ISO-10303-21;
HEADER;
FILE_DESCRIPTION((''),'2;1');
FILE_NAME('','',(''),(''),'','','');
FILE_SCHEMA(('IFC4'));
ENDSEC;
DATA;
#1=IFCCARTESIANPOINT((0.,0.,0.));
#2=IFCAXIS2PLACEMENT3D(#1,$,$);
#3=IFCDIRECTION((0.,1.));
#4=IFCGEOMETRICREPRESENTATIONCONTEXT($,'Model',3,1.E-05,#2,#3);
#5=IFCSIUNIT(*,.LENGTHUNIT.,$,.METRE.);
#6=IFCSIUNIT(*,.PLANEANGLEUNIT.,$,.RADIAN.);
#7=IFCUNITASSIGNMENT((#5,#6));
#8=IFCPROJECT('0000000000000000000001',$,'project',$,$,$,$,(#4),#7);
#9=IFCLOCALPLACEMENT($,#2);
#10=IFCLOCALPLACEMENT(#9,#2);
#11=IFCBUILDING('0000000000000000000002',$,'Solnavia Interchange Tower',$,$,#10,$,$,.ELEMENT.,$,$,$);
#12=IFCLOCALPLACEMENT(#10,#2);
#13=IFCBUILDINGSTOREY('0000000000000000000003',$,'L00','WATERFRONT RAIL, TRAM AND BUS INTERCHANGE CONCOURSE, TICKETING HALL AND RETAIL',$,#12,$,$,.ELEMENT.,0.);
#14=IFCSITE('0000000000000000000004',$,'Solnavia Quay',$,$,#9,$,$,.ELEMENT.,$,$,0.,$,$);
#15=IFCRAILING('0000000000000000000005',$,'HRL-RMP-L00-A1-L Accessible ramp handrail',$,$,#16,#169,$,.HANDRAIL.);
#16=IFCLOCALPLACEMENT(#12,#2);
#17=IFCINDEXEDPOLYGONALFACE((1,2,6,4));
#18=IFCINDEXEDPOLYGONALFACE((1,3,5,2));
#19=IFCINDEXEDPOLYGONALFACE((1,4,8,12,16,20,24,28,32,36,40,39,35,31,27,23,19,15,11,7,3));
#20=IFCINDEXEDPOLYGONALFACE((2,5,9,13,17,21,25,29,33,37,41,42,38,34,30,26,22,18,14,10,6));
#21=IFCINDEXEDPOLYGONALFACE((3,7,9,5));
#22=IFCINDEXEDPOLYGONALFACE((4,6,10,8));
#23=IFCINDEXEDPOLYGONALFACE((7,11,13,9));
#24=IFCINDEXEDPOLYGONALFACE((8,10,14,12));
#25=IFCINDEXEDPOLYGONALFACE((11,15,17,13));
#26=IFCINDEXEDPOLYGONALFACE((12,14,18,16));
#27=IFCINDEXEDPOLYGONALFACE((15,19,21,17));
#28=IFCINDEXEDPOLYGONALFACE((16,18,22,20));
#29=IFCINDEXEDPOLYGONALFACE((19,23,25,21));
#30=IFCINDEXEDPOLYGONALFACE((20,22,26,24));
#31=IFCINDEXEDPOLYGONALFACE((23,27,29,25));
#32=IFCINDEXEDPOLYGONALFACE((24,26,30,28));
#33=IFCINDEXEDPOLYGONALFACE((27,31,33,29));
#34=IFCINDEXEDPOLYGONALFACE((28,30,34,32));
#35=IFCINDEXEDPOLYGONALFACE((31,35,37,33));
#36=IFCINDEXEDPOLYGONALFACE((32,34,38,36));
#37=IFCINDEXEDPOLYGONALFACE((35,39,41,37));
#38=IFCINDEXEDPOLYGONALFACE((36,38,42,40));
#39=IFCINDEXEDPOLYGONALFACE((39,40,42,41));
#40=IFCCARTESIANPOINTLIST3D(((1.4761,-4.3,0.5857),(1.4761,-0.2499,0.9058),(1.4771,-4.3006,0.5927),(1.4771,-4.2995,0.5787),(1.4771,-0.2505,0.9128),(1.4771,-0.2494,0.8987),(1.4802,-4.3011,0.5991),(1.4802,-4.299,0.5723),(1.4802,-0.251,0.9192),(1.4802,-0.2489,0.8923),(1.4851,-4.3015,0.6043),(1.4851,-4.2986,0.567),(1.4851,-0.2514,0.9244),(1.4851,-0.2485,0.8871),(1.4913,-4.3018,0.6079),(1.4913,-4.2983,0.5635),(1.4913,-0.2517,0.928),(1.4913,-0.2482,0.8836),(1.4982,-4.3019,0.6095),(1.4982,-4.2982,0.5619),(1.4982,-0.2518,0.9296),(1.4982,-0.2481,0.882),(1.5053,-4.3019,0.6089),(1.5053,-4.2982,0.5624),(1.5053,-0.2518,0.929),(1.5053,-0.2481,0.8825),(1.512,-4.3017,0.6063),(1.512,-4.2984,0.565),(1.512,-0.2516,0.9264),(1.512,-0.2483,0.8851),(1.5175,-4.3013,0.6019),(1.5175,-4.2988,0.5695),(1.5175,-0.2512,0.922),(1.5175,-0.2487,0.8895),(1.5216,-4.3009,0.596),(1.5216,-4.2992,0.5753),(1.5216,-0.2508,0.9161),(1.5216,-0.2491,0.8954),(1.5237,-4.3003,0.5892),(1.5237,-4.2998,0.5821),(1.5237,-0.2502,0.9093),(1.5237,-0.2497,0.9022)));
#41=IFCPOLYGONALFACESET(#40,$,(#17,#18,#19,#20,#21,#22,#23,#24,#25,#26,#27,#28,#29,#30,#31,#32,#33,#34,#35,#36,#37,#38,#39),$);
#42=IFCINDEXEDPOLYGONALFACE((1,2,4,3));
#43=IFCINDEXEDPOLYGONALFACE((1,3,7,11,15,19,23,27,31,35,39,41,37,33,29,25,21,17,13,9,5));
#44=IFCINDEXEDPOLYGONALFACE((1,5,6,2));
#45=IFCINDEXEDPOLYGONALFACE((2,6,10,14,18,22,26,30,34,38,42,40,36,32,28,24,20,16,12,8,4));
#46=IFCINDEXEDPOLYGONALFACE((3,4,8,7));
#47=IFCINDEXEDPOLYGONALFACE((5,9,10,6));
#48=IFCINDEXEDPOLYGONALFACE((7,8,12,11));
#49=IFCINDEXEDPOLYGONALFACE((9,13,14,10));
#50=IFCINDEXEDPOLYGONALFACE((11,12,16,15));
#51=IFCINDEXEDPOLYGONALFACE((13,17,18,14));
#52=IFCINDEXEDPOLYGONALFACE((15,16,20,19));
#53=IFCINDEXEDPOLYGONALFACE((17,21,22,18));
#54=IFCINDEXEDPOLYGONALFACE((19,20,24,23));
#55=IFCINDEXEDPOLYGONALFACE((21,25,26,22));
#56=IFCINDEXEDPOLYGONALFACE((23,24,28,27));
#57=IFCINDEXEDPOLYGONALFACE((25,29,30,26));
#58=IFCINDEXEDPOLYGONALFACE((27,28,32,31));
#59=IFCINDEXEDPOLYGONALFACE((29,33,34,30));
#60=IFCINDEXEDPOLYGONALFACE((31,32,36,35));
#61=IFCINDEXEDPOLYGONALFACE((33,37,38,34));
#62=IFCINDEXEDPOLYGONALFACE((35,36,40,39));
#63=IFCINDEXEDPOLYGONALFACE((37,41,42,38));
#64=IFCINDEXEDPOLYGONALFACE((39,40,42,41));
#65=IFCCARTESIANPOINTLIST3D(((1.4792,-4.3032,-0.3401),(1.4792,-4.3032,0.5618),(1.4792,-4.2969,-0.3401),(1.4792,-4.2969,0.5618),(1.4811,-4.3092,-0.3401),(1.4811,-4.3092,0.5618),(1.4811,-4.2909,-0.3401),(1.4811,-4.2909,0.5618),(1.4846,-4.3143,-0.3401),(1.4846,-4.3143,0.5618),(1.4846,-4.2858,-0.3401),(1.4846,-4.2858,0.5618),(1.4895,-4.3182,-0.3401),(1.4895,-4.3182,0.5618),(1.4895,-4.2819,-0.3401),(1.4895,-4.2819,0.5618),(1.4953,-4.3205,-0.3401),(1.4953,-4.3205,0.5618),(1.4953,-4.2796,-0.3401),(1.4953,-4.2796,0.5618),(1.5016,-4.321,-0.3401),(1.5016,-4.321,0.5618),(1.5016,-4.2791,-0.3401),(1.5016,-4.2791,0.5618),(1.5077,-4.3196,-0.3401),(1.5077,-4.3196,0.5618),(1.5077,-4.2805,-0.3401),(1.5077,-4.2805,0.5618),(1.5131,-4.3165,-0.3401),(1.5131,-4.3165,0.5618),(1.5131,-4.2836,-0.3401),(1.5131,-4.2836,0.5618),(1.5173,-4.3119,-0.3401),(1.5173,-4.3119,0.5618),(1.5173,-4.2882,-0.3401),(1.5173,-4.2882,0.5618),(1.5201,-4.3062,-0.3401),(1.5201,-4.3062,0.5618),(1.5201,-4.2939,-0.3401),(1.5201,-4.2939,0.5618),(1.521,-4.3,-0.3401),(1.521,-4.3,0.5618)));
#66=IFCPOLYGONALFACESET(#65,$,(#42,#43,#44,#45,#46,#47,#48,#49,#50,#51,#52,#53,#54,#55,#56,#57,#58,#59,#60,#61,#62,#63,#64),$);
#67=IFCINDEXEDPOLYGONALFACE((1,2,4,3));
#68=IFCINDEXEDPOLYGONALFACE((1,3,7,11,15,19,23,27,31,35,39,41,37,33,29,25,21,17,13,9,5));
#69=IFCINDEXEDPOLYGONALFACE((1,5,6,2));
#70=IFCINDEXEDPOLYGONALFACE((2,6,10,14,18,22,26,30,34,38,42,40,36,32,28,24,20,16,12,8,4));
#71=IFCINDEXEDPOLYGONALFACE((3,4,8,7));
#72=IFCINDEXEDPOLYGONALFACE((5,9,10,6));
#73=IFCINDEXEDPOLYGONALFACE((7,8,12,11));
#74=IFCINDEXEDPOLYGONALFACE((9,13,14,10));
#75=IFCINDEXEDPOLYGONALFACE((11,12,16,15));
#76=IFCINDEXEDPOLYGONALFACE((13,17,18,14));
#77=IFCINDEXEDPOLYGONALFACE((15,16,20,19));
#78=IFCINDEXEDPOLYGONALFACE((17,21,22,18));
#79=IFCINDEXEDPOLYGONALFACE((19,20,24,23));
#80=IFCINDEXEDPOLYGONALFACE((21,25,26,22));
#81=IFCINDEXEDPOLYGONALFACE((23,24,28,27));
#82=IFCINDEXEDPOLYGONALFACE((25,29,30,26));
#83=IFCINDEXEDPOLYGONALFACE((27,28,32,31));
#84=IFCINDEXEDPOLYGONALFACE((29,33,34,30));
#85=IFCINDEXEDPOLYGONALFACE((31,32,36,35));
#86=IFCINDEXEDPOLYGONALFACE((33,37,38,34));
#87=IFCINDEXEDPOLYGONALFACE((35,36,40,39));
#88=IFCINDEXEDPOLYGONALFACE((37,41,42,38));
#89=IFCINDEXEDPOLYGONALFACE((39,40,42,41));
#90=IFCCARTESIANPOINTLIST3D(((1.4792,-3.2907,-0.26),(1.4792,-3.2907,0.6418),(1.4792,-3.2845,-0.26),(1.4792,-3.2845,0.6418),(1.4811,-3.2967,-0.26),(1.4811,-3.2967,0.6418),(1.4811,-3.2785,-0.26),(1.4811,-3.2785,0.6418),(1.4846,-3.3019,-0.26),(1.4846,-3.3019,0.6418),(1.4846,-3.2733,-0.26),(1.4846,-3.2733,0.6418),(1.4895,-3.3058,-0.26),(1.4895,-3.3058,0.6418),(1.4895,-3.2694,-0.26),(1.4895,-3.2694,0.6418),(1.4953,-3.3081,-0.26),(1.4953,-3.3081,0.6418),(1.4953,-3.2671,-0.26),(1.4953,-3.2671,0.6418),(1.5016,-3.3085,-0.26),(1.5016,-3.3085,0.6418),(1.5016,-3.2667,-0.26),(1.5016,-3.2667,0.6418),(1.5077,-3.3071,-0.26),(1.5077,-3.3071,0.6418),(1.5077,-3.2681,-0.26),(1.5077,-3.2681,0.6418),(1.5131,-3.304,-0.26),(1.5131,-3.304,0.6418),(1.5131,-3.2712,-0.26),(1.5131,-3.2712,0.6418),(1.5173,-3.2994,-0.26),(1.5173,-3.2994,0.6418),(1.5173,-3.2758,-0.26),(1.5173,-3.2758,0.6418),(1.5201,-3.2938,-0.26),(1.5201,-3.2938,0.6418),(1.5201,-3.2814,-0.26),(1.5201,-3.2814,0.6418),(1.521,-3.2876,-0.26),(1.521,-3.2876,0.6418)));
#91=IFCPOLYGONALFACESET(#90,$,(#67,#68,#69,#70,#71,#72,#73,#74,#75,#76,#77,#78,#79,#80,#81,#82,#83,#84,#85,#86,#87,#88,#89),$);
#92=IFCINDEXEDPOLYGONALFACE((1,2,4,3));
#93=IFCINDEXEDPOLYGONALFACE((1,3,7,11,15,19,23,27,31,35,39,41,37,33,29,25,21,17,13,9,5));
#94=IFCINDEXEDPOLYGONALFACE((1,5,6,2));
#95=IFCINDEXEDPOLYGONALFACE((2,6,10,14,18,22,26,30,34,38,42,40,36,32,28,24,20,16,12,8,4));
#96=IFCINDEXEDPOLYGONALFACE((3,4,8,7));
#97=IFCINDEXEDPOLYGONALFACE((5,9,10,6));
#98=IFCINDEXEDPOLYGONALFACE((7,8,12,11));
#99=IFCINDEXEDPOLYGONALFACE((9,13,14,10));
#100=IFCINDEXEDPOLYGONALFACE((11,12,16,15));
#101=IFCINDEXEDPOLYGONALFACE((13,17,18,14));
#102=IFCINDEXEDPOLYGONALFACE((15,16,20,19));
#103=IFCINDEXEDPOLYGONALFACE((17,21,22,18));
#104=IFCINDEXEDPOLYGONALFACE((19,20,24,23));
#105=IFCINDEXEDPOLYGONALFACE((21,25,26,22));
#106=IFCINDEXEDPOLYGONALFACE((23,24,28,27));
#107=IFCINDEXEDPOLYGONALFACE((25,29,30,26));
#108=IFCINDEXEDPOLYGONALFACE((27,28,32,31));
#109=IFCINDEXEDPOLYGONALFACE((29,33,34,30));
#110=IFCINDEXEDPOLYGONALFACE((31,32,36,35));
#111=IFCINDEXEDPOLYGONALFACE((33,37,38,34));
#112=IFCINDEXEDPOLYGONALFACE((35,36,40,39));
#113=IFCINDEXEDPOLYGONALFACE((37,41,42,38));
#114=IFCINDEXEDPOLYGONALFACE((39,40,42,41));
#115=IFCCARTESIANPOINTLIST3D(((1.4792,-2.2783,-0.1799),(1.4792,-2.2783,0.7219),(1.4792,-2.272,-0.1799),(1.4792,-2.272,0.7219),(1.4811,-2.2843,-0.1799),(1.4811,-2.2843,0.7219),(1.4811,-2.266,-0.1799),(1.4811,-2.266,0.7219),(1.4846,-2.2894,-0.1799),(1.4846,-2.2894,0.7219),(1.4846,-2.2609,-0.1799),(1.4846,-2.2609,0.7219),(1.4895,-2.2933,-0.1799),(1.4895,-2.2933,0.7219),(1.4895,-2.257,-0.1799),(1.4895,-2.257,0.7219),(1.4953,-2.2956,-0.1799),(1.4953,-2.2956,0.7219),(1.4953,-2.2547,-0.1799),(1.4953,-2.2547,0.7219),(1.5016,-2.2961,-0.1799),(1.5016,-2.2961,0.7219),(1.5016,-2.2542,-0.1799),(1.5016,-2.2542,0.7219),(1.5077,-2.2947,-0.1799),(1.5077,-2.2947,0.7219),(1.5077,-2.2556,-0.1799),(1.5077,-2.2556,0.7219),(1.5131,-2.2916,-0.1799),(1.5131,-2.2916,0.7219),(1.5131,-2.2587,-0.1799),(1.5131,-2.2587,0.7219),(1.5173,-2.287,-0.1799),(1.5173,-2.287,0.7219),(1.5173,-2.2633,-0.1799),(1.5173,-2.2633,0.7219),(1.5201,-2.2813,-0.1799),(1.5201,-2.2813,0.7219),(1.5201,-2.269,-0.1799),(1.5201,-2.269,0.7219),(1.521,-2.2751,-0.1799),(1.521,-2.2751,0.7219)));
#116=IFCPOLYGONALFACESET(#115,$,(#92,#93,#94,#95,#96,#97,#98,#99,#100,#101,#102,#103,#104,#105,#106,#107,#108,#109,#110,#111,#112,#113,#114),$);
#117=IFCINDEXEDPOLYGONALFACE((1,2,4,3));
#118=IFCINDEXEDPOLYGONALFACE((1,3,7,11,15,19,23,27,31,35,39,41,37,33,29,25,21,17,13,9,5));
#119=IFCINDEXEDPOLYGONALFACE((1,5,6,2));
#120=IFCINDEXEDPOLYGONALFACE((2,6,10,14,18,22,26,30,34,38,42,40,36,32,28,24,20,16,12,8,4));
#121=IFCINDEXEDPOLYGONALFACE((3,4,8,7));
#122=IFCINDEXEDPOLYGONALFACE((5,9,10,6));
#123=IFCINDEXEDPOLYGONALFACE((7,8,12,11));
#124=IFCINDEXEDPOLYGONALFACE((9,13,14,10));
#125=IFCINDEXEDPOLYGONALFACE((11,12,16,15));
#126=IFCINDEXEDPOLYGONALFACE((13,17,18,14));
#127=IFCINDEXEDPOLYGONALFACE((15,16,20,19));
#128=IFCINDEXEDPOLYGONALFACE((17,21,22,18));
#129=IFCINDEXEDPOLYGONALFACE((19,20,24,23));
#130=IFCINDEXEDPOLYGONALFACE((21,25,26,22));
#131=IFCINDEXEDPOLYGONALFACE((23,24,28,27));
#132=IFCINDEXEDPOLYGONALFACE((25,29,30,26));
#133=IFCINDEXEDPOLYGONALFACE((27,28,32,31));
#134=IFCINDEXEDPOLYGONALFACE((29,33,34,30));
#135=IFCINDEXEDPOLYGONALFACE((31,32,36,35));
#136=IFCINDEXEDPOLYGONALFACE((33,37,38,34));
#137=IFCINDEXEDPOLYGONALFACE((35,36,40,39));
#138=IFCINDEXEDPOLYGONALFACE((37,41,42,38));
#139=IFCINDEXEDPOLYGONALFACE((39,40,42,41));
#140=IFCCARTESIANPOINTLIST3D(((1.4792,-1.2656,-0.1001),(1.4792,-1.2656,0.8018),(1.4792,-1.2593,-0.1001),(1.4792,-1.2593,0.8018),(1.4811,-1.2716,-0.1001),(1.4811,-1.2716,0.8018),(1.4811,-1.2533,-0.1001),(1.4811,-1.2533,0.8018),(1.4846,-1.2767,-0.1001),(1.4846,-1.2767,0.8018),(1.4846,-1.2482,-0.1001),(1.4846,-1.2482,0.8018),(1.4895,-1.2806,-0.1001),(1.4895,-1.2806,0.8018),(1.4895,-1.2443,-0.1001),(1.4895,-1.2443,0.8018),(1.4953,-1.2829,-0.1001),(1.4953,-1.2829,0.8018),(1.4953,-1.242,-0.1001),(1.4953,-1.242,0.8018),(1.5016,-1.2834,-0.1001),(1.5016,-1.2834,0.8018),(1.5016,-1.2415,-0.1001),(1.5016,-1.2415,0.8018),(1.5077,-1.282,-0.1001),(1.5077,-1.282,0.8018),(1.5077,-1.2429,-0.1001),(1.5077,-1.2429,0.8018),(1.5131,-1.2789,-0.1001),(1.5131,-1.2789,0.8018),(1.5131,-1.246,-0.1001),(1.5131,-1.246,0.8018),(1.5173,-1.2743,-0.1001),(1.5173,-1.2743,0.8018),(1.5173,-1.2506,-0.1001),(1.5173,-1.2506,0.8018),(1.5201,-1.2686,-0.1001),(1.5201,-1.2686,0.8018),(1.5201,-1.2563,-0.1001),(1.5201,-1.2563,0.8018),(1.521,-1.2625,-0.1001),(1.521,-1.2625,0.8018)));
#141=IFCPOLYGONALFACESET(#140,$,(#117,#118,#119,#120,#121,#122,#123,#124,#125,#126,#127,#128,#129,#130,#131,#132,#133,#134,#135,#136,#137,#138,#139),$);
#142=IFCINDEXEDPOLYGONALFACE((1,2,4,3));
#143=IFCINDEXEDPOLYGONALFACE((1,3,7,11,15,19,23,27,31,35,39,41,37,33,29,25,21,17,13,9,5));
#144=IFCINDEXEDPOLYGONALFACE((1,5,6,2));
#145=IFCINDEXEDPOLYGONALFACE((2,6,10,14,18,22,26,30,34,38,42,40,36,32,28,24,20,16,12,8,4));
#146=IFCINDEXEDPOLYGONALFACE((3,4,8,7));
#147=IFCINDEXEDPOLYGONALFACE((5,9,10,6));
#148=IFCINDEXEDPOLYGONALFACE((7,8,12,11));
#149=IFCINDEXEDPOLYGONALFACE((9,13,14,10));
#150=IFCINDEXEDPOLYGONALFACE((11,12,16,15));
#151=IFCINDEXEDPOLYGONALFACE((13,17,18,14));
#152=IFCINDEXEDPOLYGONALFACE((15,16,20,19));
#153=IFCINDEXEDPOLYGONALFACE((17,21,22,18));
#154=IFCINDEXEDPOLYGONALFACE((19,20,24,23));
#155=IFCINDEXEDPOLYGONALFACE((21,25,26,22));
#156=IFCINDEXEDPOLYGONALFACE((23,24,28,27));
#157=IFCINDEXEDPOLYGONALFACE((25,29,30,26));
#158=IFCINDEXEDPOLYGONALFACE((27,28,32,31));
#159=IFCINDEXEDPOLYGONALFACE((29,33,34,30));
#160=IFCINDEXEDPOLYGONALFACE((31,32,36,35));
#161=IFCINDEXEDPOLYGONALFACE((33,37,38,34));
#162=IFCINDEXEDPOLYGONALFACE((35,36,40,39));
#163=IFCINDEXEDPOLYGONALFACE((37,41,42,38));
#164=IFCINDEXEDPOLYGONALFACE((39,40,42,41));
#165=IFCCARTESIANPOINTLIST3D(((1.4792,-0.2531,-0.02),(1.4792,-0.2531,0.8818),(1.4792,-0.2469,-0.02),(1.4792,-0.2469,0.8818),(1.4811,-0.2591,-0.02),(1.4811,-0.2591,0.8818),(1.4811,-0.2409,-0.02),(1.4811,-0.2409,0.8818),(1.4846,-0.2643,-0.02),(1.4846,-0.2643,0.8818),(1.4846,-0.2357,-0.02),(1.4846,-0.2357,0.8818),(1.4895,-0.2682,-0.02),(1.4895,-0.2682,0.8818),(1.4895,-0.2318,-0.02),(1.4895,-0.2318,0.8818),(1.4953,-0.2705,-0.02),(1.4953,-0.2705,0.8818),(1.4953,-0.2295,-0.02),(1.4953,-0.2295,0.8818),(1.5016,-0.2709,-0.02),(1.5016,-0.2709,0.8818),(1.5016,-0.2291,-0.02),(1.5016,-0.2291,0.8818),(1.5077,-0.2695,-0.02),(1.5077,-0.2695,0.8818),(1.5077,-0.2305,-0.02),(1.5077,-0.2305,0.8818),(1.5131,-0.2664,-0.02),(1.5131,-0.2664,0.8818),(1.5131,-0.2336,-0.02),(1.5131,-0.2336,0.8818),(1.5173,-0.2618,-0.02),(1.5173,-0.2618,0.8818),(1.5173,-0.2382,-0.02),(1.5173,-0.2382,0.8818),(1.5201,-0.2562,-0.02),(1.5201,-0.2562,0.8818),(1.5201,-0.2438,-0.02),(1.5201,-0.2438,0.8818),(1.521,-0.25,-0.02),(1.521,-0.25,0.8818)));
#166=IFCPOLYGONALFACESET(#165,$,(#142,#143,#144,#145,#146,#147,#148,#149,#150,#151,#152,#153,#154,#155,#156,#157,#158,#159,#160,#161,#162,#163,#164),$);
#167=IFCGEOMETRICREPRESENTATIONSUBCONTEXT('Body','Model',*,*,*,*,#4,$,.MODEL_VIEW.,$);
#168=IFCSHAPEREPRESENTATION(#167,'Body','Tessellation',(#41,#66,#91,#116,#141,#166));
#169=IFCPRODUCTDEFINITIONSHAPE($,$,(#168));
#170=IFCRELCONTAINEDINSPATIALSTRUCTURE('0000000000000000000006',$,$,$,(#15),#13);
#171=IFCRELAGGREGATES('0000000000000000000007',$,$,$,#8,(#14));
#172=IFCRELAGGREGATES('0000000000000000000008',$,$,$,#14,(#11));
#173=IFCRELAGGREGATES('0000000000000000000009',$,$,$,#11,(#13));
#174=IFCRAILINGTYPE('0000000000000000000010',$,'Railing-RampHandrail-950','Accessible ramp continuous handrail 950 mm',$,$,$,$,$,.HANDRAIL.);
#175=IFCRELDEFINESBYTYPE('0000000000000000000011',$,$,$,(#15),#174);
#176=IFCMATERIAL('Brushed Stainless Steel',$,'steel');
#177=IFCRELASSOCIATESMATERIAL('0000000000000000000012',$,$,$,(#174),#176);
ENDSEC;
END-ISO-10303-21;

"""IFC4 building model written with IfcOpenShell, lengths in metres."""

from ifc_helpers import new_model, si_unit, direction, frame, origin, origin_2d, place, context, subcontext, project, spatial, circle, extrude, material, type_object, element, save


model = new_model("IFC4")

# Units and contexts
model_context = context("Model", 3, precision=1e-05, world=origin(), true_north=direction((0.0, 1.0)))
body_context = subcontext(model_context, "Body", "Model", "MODEL_VIEW")
ifc_project = project(units=[si_unit("LENGTHUNIT", "METRE"), si_unit("PLANEANGLEUNIT", "RADIAN")], contexts=[model_context])

# Site, building, storey
site_placement = place(None, origin())
site = spatial("IfcSite", under=ifc_project, at=site_placement, Name="Solnavia Quay", CompositionType="ELEMENT", RefElevation=0.0)
building_placement = place(site_placement, origin())
building = spatial("IfcBuilding", under=site, at=building_placement, Name="Solnavia Interchange Tower", CompositionType="ELEMENT")
storey_placement = place(building_placement, origin())
storey = spatial("IfcBuildingStorey", under=building, at=storey_placement, Name="L00", Description="WATERFRONT RAIL, TRAM AND BUS INTERCHANGE CONCOURSE, TICKETING HALL AND RETAIL", CompositionType="ELEMENT", Elevation=0.0)

# Railing
ifc_material_1 = material(Name="Brushed Stainless Steel", Category="steel")
railing_type = type_object("IfcRailingType", Name="Railing-RampHandrail-950", Description="Accessible ramp continuous handrail 950 mm", PredefinedType="HANDRAIL", material=ifc_material_1)
for number, where, name in (
    (1, (1.5, -4.3, -0.3401), "HRL-RMP-L00-A1-L Accessible ramp handrail"),
):
    element("IfcRailing", number, at=place(storey_placement, frame(where)), inside=storey, type_object=railing_type, Name=name, PredefinedType="HANDRAIL", context=body_context, shape_type="SweptSolid", body=[
        extrude(circle(Radius=0.0239, at=origin_2d()), frame((0.0, 0.0, 0.9258), z_axis=(0.0, 0.996892, 0.078783), x_axis=(-1.0, 0.0, 0.0)), (0.0, 0.0, 1.0), 4.0627),
        extrude(circle(Radius=0.021, at=origin_2d()), origin(), (0.0, 0.0, 1.0), 0.9019),
        extrude(circle(Radius=0.021, at=origin_2d()), frame((0.0, 1.0125, 0.0801)), (0.0, 0.0, 1.0), 0.9019),
        extrude(circle(Radius=0.021, at=origin_2d()), frame((0.0, 2.0249, 0.1602)), (0.0, 0.0, 1.0), 0.9019),
        extrude(circle(Radius=0.021, at=origin_2d()), frame((0.0, 3.0376, 0.24)), (0.0, 0.0, 1.0), 0.9019),
        extrude(circle(Radius=0.021, at=origin_2d()), frame((0.0, 4.05, 0.3201)), (0.0, 0.0, 1.0), 0.9019),
    ])

save(model, "model.ifc")
